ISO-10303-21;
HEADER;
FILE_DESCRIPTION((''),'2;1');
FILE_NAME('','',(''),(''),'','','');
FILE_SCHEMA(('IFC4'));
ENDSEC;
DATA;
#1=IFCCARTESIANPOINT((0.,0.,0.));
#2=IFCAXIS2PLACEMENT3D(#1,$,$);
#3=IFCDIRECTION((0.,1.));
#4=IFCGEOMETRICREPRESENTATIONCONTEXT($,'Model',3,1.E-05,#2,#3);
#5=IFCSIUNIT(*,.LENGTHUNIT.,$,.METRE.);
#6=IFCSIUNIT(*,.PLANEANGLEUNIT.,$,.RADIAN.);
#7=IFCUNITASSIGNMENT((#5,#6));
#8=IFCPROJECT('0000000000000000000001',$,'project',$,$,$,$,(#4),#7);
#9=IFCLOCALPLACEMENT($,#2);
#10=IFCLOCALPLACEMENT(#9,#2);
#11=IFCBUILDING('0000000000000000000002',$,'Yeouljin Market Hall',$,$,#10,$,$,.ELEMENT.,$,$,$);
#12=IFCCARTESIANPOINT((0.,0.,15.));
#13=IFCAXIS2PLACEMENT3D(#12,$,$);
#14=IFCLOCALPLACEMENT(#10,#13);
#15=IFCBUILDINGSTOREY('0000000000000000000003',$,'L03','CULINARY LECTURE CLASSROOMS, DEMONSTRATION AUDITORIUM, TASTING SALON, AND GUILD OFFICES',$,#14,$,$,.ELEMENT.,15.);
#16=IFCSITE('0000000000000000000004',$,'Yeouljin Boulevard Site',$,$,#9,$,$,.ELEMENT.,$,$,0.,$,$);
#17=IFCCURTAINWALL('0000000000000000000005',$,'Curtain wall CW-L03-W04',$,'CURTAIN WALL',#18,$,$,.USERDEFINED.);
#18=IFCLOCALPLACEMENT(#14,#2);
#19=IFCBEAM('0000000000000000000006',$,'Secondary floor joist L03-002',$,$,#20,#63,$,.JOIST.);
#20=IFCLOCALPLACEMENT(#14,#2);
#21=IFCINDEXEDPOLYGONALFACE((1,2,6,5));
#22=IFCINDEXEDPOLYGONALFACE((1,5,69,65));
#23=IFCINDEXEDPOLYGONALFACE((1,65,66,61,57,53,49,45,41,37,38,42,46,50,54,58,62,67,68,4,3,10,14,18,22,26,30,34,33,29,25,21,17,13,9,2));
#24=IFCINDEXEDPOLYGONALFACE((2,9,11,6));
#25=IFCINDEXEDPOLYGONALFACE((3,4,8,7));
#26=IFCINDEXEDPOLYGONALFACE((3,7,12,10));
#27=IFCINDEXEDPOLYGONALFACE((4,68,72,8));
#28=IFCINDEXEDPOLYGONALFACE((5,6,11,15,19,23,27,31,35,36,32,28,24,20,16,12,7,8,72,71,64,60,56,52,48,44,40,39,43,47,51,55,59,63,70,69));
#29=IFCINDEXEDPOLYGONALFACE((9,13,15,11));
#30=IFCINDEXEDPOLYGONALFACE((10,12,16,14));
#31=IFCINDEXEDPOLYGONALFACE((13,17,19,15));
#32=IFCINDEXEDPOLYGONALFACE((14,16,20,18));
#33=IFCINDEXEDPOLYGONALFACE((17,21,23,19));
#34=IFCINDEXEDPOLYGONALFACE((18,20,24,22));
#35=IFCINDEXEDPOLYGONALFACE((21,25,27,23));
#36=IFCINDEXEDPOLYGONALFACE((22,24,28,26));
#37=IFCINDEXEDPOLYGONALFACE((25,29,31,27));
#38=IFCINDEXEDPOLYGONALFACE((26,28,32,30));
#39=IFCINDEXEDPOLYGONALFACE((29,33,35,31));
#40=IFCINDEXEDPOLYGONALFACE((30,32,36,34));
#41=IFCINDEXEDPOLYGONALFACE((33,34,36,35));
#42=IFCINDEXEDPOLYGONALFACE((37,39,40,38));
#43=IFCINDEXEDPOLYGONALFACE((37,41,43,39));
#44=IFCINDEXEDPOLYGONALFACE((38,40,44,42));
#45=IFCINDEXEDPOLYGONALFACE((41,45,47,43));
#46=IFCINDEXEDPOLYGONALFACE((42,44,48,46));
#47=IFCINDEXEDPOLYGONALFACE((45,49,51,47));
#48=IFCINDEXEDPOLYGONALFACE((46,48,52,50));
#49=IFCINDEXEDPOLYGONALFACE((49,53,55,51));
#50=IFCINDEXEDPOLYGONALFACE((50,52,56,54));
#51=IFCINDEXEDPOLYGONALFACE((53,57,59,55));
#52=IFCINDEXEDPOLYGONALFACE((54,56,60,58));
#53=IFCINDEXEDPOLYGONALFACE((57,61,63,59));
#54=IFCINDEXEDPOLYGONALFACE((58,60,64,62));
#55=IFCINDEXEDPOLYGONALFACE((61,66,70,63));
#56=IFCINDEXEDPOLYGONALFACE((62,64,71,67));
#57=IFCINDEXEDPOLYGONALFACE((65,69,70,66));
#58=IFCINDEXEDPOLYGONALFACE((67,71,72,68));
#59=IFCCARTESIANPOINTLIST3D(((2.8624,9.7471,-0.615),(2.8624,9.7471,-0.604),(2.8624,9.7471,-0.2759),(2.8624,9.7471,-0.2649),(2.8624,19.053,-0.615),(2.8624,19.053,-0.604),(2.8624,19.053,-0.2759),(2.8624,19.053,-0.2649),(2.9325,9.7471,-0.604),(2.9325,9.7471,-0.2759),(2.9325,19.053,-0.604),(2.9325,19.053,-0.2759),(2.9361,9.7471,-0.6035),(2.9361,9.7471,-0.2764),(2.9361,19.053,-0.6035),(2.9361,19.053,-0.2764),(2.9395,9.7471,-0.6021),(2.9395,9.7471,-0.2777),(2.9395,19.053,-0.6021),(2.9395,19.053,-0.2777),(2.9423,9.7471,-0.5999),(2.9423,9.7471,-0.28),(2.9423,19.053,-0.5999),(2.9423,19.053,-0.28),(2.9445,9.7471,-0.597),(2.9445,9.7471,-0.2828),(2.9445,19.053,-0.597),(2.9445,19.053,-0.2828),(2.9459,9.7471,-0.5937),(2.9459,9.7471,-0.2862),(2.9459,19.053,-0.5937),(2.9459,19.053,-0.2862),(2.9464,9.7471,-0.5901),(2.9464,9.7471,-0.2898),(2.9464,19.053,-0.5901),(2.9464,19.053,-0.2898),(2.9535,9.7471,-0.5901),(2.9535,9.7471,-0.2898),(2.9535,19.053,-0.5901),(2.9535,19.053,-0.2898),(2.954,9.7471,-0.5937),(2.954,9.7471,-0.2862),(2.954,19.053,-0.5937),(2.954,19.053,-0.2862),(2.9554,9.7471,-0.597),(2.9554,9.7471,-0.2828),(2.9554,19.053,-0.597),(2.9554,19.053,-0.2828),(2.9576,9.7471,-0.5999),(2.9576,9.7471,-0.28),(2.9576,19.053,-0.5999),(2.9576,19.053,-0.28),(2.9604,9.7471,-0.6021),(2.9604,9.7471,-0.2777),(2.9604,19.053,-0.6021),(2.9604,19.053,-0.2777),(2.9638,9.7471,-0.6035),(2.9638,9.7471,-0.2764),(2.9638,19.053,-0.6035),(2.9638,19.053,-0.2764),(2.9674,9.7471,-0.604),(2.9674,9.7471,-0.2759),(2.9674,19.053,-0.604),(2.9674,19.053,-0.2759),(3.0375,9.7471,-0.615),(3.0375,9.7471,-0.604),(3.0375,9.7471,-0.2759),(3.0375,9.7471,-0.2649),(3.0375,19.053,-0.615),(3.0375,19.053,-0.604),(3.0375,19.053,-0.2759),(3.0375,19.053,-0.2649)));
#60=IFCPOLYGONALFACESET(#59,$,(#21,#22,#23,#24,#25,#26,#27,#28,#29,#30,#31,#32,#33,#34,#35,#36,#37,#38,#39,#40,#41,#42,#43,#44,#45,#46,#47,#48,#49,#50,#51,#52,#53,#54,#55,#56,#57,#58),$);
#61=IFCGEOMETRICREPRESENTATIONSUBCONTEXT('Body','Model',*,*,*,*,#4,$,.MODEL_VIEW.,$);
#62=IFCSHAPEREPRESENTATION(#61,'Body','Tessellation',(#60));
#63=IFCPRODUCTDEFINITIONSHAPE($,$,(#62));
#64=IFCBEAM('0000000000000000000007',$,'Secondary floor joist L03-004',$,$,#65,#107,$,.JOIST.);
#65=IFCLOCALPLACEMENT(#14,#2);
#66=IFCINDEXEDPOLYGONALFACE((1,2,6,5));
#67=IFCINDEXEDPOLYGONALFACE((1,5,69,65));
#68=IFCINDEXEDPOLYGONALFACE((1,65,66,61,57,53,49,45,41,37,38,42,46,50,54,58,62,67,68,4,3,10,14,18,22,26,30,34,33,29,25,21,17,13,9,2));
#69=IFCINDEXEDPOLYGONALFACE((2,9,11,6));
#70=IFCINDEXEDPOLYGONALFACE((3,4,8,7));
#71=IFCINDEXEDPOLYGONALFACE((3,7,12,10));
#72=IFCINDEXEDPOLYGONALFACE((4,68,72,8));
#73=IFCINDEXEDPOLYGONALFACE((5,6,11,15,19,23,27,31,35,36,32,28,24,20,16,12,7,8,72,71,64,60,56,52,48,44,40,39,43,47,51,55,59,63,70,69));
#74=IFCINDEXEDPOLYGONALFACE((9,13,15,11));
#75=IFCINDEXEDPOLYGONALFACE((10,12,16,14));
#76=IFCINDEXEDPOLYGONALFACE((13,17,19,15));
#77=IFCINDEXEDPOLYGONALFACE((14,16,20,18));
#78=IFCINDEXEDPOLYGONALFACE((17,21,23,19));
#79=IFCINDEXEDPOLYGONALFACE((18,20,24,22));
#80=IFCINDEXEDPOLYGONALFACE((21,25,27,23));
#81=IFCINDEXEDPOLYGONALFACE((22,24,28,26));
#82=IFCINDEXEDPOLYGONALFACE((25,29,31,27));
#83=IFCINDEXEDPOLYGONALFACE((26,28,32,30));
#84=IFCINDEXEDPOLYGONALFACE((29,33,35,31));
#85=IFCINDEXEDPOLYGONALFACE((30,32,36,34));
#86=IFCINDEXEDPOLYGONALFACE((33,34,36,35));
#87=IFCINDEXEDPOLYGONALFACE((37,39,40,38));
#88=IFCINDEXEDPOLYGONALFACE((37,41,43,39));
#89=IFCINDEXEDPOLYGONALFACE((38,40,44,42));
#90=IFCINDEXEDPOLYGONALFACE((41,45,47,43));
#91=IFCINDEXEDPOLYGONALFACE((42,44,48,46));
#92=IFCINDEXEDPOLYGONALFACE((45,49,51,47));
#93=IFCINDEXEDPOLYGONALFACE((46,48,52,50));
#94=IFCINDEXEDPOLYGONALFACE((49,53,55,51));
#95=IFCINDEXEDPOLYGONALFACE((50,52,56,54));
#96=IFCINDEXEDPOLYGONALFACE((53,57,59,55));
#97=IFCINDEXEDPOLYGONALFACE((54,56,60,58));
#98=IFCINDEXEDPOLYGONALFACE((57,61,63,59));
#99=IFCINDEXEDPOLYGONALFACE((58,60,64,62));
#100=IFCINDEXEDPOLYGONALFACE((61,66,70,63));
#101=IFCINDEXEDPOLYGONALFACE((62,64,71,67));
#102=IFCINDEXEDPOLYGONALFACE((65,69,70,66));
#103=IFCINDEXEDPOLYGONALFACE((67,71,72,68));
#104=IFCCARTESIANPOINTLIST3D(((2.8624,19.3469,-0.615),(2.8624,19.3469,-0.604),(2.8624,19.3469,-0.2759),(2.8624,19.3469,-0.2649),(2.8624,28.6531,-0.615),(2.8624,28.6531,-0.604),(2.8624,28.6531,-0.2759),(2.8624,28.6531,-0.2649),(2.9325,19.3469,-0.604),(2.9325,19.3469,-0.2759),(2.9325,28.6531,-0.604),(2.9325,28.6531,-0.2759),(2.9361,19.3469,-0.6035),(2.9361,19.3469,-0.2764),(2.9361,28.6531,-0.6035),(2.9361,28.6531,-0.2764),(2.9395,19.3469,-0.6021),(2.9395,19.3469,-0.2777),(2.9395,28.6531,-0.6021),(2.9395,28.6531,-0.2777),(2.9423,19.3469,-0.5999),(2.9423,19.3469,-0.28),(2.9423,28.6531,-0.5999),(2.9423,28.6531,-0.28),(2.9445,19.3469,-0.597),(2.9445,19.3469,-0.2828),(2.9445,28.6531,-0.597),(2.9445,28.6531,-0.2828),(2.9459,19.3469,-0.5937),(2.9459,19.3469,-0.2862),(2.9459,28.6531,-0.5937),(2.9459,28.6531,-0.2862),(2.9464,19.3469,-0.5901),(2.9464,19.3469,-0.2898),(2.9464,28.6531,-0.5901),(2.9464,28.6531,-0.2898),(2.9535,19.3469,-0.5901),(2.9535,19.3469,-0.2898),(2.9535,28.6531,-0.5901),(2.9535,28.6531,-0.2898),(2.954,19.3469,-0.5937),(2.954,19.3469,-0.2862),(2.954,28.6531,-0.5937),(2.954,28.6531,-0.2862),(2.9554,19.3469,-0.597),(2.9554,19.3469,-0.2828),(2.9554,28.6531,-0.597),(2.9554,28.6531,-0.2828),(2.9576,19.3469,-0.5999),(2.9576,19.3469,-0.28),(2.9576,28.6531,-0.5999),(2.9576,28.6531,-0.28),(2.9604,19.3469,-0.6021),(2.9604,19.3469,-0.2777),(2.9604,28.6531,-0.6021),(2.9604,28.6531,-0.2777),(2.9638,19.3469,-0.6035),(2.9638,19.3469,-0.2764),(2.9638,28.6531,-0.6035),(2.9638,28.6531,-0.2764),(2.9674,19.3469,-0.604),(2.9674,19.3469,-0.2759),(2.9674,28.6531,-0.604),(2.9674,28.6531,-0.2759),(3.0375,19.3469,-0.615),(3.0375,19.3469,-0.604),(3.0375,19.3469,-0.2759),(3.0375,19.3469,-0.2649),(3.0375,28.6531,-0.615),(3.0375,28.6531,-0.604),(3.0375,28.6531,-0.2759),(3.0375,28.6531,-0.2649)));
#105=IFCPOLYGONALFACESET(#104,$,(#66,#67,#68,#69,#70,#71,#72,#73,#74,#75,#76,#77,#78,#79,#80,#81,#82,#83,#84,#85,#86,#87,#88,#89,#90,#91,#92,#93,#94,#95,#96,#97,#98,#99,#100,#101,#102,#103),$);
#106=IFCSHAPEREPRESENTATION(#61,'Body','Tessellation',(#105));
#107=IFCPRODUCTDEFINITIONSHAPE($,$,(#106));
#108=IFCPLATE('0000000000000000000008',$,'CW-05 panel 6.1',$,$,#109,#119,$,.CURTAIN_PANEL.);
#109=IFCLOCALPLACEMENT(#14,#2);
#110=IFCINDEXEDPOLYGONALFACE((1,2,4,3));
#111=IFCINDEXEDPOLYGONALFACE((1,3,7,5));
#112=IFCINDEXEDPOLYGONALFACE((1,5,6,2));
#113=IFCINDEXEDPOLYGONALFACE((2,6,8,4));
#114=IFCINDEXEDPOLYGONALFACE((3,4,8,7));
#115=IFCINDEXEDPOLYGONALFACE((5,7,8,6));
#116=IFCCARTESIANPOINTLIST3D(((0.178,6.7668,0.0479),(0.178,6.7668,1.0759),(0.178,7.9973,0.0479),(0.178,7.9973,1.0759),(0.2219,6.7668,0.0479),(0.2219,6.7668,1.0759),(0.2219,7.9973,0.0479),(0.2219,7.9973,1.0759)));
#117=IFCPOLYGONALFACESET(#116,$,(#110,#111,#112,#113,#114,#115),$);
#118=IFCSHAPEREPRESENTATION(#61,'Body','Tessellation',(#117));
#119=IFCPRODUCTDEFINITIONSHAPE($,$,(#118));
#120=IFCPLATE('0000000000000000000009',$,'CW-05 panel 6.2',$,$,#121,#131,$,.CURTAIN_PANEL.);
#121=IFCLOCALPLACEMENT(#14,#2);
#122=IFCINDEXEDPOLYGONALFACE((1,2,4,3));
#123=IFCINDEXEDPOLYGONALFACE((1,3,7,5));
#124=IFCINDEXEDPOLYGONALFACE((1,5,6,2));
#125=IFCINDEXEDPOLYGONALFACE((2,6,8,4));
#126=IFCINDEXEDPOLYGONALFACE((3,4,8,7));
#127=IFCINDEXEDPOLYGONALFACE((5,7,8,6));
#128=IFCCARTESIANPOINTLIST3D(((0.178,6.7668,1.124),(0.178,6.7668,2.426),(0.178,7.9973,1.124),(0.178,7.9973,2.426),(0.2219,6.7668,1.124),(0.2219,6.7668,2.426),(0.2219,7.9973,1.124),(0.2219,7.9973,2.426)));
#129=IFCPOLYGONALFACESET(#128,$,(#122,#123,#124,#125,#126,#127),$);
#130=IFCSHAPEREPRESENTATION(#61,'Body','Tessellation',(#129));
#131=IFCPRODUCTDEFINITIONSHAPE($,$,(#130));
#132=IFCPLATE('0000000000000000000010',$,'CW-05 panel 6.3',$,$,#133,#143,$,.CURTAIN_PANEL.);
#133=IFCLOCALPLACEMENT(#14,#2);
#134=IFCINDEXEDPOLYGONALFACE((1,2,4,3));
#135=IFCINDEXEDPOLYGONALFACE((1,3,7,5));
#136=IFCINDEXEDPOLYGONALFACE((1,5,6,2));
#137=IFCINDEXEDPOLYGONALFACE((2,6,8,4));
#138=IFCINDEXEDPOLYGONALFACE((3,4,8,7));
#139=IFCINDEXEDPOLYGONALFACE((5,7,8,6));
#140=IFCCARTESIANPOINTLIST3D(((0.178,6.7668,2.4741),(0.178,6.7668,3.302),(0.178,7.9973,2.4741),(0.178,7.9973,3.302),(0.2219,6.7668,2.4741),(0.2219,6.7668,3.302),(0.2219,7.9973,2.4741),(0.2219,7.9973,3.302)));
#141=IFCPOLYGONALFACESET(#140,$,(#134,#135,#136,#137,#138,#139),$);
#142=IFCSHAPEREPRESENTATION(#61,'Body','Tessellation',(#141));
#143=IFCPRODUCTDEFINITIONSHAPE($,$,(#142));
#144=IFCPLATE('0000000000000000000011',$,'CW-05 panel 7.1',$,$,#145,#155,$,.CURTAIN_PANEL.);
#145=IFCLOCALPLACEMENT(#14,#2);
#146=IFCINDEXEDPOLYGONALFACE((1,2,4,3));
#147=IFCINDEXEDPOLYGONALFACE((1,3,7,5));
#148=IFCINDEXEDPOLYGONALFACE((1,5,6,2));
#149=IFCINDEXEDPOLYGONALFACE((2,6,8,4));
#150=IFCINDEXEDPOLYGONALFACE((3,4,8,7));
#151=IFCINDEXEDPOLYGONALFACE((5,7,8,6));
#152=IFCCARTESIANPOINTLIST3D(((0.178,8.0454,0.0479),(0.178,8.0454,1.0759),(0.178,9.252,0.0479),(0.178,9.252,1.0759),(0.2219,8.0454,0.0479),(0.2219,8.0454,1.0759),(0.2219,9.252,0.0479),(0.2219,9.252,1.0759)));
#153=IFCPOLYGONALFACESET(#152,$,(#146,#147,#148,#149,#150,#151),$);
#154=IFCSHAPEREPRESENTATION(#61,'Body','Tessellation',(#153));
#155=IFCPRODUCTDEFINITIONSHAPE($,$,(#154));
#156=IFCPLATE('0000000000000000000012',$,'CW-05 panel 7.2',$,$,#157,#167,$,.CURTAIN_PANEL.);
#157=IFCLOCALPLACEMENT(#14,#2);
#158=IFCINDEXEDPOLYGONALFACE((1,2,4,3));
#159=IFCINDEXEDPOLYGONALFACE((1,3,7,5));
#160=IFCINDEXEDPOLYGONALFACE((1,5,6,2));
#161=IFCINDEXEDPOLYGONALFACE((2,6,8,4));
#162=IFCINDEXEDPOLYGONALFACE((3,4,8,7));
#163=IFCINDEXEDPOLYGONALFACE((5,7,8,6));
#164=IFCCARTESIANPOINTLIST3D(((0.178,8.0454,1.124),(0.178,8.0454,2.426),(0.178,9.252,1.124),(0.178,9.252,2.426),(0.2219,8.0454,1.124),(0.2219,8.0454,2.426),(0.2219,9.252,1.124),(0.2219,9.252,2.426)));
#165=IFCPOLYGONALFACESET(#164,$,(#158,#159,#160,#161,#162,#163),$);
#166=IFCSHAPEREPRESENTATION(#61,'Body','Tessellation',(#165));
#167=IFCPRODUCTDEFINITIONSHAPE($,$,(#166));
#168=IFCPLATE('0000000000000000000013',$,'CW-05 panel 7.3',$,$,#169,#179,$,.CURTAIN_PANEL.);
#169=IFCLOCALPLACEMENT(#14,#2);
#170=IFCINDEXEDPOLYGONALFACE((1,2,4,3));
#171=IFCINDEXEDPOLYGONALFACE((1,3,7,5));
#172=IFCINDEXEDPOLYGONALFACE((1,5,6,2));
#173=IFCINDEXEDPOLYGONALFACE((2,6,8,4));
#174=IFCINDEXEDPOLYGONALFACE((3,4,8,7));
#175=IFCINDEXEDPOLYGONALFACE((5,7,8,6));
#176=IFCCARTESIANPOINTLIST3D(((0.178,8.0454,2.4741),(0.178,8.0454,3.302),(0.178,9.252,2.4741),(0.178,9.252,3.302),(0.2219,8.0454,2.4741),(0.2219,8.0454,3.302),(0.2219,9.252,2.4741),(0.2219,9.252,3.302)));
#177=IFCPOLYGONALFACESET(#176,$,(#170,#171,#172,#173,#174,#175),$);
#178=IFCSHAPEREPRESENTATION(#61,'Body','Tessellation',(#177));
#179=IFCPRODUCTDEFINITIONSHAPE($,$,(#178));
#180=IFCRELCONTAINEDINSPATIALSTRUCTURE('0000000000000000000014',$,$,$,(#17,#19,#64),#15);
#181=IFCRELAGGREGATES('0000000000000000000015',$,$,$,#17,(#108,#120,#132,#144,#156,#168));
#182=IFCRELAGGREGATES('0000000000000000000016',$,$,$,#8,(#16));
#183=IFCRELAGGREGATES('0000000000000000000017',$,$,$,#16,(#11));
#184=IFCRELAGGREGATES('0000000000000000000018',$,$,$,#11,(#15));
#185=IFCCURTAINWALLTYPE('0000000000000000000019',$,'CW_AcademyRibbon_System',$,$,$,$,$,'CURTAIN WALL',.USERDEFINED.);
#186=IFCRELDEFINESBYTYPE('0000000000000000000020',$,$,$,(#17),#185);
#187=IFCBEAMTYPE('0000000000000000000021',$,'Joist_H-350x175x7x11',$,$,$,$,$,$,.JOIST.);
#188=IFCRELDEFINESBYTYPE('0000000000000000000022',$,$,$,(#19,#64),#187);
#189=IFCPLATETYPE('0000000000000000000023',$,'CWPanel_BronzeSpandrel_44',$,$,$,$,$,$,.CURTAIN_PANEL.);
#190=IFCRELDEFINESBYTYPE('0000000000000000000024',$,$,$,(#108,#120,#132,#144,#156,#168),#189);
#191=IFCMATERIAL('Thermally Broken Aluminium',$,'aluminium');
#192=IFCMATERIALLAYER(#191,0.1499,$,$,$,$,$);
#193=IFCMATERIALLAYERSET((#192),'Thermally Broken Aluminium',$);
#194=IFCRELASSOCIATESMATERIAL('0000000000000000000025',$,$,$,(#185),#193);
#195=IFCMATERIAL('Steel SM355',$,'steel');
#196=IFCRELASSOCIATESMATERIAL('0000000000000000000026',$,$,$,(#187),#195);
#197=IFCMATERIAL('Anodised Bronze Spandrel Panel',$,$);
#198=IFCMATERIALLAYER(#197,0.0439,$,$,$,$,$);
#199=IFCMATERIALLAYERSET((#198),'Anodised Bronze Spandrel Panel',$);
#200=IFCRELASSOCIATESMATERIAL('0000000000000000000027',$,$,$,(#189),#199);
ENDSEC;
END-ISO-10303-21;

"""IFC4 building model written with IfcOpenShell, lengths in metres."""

from ifc_helpers import new_model, si_unit, direction, frame, origin, origin_2d, place, context, subcontext, project, spatial, rectangle, i_section, extrude, material, layer, layer_set, material_profile, profile_set, type_object, element, aggregate, save


model = new_model("IFC4")

# Units and contexts
model_context = context("Model", 3, precision=1e-05, world=origin(), true_north=direction((0.0, 1.0)))
body_context = subcontext(model_context, "Body", "Model", "MODEL_VIEW")
ifc_project = project(units=[si_unit("LENGTHUNIT", "METRE"), si_unit("PLANEANGLEUNIT", "RADIAN")], contexts=[model_context])

# Site, building, storey
site_placement = place(None, origin())
site = spatial("IfcSite", under=ifc_project, at=site_placement, Name="Yeouljin Boulevard Site", CompositionType="ELEMENT", RefElevation=0.0)
building_placement = place(site_placement, origin())
building = spatial("IfcBuilding", under=site, at=building_placement, Name="Yeouljin Market Hall", CompositionType="ELEMENT")
storey_placement = place(building_placement, frame((0.0, 0.0, 15.0)))
storey = spatial("IfcBuildingStorey", under=building, at=storey_placement, Name="L03", Description="CULINARY LECTURE CLASSROOMS, DEMONSTRATION AUDITORIUM, TASTING SALON, AND GUILD OFFICES", CompositionType="ELEMENT", Elevation=15.0)

# Curtain wall
ifc_material_1 = material(Name="Thermally Broken Aluminium", Category="aluminium")
ifc_layer_1 = layer(ifc_material_1, 0.1499)
ifc_layer_set_1 = layer_set([ifc_layer_1], Name="Thermally Broken Aluminium")
curtain_wall_type = type_object("IfcCurtainWallType", Name="CW_AcademyRibbon_System", ElementType="CURTAIN WALL", PredefinedType="USERDEFINED", material=ifc_layer_set_1)
curtain_wall_1_placement = place(storey_placement, origin())
curtain_wall_1 = element("IfcCurtainWall", 1, at=curtain_wall_1_placement, inside=storey, type_object=curtain_wall_type, Name="Curtain wall CW-L03-W04", ObjectType="CURTAIN WALL", PredefinedType="USERDEFINED")

# Beams
ifc_material_2 = material(Name="Steel SM355", Category="steel")
ifc_material_profile_1 = material_profile(ifc_material_2, i_section(OverallWidth=0.175, OverallDepth=0.3501, WebThickness=0.0071, FlangeThickness=0.011, FilletRadius=0.0139, at=origin_2d()), Name="H-350x175x7x11")
ifc_profile_set_1 = profile_set([ifc_material_profile_1], Name="Steel SM355")
beam_type_1 = type_object("IfcBeamType", Name="Joist_H-350x175x7x11", PredefinedType="JOIST", material=ifc_profile_set_1)
beam_1_placement = place(storey_placement, frame((2.95, 9.7471, -0.4399), z_axis=(0.0, 1.0, 0.0), x_axis=(-1.0, 0.0, 0.0)))
element("IfcBeam", 2, at=beam_1_placement, inside=storey, type_object=beam_type_1, Name="Secondary floor joist L03-002", PredefinedType="JOIST", context=body_context, shape_type="SweptSolid", body=[
    extrude(i_section(OverallWidth=0.175, OverallDepth=0.3501, WebThickness=0.0071, FlangeThickness=0.011, FilletRadius=0.0139, at=origin_2d()), origin(), (0.0, 0.0, 1.0), 9.3059),
])
beam_2_placement = place(storey_placement, frame((2.95, 19.3469, -0.4399), z_axis=(0.0, 1.0, 0.0), x_axis=(-1.0, 0.0, 0.0)))
element("IfcBeam", 3, at=beam_2_placement, inside=storey, type_object=beam_type_1, Name="Secondary floor joist L03-004", PredefinedType="JOIST", context=body_context, shape_type="SweptSolid", body=[
    extrude(i_section(OverallWidth=0.175, OverallDepth=0.3501, WebThickness=0.0071, FlangeThickness=0.011, FilletRadius=0.0139, at=origin_2d()), origin(), (0.0, 0.0, 1.0), 9.3062),
])

# Plates
ifc_material_3 = material(Name="Anodised Bronze Spandrel Panel")
ifc_layer_2 = layer(ifc_material_3, 0.0439)
ifc_layer_set_2 = layer_set([ifc_layer_2], Name="Anodised Bronze Spandrel Panel")
plate_type = type_object("IfcPlateType", Name="CWPanel_BronzeSpandrel_44", PredefinedType="CURTAIN_PANEL", material=ifc_layer_set_2)
plate_1_placement = place(storey_placement, frame((0.2, 7.3821, 0.0479), z_axis=(0.0, 0.0, 1.0), x_axis=(0.0, 1.0, 0.0)))
plate_1 = element("IfcPlate", 4, at=plate_1_placement, type_object=plate_type, Name="CW-05 panel 6.1", PredefinedType="CURTAIN_PANEL", context=body_context, shape_type="SweptSolid", body=[
    extrude(rectangle(XDim=1.2305, YDim=0.0439, at=origin_2d()), origin(), (0.0, 0.0, 1.0), 1.0281),
])
plate_2_placement = place(storey_placement, frame((0.2, 7.3821, 1.124), z_axis=(0.0, 0.0, 1.0), x_axis=(0.0, 1.0, 0.0)))
plate_2 = element("IfcPlate", 5, at=plate_2_placement, type_object=plate_type, Name="CW-05 panel 6.2", PredefinedType="CURTAIN_PANEL", context=body_context, shape_type="SweptSolid", body=[
    extrude(rectangle(XDim=1.2305, YDim=0.0439, at=origin_2d()), origin(), (0.0, 0.0, 1.0), 1.302),
])
plate_3_placement = place(storey_placement, frame((0.2, 7.3821, 2.4741), z_axis=(0.0, 0.0, 1.0), x_axis=(0.0, 1.0, 0.0)))
plate_3 = element("IfcPlate", 6, at=plate_3_placement, type_object=plate_type, Name="CW-05 panel 6.3", PredefinedType="CURTAIN_PANEL", context=body_context, shape_type="SweptSolid", body=[
    extrude(rectangle(XDim=1.2305, YDim=0.0439, at=origin_2d()), origin(), (0.0, 0.0, 1.0), 0.8279),
])
plate_4_placement = place(storey_placement, frame((0.2, 8.6487, 0.0479), z_axis=(0.0, 0.0, 1.0), x_axis=(0.0, 1.0, 0.0)))
plate_4 = element("IfcPlate", 7, at=plate_4_placement, type_object=plate_type, Name="CW-05 panel 7.1", PredefinedType="CURTAIN_PANEL", context=body_context, shape_type="SweptSolid", body=[
    extrude(rectangle(XDim=1.2065, YDim=0.0439, at=origin_2d()), origin(), (0.0, 0.0, 1.0), 1.0281),
])
plate_5_placement = place(storey_placement, frame((0.2, 8.6487, 1.124), z_axis=(0.0, 0.0, 1.0), x_axis=(0.0, 1.0, 0.0)))
plate_5 = element("IfcPlate", 8, at=plate_5_placement, type_object=plate_type, Name="CW-05 panel 7.2", PredefinedType="CURTAIN_PANEL", context=body_context, shape_type="SweptSolid", body=[
    extrude(rectangle(XDim=1.2065, YDim=0.0439, at=origin_2d()), origin(), (0.0, 0.0, 1.0), 1.302),
])
plate_6_placement = place(storey_placement, frame((0.2, 8.6487, 2.4741), z_axis=(0.0, 0.0, 1.0), x_axis=(0.0, 1.0, 0.0)))
plate_6 = element("IfcPlate", 9, at=plate_6_placement, type_object=plate_type, Name="CW-05 panel 7.3", PredefinedType="CURTAIN_PANEL", context=body_context, shape_type="SweptSolid", body=[
    extrude(rectangle(XDim=1.2065, YDim=0.0439, at=origin_2d()), origin(), (0.0, 0.0, 1.0), 0.8279),
])
aggregate(curtain_wall_1, [plate_1, plate_2, plate_3, plate_4, plate_5, plate_6])

save(model, "model.ifc")
